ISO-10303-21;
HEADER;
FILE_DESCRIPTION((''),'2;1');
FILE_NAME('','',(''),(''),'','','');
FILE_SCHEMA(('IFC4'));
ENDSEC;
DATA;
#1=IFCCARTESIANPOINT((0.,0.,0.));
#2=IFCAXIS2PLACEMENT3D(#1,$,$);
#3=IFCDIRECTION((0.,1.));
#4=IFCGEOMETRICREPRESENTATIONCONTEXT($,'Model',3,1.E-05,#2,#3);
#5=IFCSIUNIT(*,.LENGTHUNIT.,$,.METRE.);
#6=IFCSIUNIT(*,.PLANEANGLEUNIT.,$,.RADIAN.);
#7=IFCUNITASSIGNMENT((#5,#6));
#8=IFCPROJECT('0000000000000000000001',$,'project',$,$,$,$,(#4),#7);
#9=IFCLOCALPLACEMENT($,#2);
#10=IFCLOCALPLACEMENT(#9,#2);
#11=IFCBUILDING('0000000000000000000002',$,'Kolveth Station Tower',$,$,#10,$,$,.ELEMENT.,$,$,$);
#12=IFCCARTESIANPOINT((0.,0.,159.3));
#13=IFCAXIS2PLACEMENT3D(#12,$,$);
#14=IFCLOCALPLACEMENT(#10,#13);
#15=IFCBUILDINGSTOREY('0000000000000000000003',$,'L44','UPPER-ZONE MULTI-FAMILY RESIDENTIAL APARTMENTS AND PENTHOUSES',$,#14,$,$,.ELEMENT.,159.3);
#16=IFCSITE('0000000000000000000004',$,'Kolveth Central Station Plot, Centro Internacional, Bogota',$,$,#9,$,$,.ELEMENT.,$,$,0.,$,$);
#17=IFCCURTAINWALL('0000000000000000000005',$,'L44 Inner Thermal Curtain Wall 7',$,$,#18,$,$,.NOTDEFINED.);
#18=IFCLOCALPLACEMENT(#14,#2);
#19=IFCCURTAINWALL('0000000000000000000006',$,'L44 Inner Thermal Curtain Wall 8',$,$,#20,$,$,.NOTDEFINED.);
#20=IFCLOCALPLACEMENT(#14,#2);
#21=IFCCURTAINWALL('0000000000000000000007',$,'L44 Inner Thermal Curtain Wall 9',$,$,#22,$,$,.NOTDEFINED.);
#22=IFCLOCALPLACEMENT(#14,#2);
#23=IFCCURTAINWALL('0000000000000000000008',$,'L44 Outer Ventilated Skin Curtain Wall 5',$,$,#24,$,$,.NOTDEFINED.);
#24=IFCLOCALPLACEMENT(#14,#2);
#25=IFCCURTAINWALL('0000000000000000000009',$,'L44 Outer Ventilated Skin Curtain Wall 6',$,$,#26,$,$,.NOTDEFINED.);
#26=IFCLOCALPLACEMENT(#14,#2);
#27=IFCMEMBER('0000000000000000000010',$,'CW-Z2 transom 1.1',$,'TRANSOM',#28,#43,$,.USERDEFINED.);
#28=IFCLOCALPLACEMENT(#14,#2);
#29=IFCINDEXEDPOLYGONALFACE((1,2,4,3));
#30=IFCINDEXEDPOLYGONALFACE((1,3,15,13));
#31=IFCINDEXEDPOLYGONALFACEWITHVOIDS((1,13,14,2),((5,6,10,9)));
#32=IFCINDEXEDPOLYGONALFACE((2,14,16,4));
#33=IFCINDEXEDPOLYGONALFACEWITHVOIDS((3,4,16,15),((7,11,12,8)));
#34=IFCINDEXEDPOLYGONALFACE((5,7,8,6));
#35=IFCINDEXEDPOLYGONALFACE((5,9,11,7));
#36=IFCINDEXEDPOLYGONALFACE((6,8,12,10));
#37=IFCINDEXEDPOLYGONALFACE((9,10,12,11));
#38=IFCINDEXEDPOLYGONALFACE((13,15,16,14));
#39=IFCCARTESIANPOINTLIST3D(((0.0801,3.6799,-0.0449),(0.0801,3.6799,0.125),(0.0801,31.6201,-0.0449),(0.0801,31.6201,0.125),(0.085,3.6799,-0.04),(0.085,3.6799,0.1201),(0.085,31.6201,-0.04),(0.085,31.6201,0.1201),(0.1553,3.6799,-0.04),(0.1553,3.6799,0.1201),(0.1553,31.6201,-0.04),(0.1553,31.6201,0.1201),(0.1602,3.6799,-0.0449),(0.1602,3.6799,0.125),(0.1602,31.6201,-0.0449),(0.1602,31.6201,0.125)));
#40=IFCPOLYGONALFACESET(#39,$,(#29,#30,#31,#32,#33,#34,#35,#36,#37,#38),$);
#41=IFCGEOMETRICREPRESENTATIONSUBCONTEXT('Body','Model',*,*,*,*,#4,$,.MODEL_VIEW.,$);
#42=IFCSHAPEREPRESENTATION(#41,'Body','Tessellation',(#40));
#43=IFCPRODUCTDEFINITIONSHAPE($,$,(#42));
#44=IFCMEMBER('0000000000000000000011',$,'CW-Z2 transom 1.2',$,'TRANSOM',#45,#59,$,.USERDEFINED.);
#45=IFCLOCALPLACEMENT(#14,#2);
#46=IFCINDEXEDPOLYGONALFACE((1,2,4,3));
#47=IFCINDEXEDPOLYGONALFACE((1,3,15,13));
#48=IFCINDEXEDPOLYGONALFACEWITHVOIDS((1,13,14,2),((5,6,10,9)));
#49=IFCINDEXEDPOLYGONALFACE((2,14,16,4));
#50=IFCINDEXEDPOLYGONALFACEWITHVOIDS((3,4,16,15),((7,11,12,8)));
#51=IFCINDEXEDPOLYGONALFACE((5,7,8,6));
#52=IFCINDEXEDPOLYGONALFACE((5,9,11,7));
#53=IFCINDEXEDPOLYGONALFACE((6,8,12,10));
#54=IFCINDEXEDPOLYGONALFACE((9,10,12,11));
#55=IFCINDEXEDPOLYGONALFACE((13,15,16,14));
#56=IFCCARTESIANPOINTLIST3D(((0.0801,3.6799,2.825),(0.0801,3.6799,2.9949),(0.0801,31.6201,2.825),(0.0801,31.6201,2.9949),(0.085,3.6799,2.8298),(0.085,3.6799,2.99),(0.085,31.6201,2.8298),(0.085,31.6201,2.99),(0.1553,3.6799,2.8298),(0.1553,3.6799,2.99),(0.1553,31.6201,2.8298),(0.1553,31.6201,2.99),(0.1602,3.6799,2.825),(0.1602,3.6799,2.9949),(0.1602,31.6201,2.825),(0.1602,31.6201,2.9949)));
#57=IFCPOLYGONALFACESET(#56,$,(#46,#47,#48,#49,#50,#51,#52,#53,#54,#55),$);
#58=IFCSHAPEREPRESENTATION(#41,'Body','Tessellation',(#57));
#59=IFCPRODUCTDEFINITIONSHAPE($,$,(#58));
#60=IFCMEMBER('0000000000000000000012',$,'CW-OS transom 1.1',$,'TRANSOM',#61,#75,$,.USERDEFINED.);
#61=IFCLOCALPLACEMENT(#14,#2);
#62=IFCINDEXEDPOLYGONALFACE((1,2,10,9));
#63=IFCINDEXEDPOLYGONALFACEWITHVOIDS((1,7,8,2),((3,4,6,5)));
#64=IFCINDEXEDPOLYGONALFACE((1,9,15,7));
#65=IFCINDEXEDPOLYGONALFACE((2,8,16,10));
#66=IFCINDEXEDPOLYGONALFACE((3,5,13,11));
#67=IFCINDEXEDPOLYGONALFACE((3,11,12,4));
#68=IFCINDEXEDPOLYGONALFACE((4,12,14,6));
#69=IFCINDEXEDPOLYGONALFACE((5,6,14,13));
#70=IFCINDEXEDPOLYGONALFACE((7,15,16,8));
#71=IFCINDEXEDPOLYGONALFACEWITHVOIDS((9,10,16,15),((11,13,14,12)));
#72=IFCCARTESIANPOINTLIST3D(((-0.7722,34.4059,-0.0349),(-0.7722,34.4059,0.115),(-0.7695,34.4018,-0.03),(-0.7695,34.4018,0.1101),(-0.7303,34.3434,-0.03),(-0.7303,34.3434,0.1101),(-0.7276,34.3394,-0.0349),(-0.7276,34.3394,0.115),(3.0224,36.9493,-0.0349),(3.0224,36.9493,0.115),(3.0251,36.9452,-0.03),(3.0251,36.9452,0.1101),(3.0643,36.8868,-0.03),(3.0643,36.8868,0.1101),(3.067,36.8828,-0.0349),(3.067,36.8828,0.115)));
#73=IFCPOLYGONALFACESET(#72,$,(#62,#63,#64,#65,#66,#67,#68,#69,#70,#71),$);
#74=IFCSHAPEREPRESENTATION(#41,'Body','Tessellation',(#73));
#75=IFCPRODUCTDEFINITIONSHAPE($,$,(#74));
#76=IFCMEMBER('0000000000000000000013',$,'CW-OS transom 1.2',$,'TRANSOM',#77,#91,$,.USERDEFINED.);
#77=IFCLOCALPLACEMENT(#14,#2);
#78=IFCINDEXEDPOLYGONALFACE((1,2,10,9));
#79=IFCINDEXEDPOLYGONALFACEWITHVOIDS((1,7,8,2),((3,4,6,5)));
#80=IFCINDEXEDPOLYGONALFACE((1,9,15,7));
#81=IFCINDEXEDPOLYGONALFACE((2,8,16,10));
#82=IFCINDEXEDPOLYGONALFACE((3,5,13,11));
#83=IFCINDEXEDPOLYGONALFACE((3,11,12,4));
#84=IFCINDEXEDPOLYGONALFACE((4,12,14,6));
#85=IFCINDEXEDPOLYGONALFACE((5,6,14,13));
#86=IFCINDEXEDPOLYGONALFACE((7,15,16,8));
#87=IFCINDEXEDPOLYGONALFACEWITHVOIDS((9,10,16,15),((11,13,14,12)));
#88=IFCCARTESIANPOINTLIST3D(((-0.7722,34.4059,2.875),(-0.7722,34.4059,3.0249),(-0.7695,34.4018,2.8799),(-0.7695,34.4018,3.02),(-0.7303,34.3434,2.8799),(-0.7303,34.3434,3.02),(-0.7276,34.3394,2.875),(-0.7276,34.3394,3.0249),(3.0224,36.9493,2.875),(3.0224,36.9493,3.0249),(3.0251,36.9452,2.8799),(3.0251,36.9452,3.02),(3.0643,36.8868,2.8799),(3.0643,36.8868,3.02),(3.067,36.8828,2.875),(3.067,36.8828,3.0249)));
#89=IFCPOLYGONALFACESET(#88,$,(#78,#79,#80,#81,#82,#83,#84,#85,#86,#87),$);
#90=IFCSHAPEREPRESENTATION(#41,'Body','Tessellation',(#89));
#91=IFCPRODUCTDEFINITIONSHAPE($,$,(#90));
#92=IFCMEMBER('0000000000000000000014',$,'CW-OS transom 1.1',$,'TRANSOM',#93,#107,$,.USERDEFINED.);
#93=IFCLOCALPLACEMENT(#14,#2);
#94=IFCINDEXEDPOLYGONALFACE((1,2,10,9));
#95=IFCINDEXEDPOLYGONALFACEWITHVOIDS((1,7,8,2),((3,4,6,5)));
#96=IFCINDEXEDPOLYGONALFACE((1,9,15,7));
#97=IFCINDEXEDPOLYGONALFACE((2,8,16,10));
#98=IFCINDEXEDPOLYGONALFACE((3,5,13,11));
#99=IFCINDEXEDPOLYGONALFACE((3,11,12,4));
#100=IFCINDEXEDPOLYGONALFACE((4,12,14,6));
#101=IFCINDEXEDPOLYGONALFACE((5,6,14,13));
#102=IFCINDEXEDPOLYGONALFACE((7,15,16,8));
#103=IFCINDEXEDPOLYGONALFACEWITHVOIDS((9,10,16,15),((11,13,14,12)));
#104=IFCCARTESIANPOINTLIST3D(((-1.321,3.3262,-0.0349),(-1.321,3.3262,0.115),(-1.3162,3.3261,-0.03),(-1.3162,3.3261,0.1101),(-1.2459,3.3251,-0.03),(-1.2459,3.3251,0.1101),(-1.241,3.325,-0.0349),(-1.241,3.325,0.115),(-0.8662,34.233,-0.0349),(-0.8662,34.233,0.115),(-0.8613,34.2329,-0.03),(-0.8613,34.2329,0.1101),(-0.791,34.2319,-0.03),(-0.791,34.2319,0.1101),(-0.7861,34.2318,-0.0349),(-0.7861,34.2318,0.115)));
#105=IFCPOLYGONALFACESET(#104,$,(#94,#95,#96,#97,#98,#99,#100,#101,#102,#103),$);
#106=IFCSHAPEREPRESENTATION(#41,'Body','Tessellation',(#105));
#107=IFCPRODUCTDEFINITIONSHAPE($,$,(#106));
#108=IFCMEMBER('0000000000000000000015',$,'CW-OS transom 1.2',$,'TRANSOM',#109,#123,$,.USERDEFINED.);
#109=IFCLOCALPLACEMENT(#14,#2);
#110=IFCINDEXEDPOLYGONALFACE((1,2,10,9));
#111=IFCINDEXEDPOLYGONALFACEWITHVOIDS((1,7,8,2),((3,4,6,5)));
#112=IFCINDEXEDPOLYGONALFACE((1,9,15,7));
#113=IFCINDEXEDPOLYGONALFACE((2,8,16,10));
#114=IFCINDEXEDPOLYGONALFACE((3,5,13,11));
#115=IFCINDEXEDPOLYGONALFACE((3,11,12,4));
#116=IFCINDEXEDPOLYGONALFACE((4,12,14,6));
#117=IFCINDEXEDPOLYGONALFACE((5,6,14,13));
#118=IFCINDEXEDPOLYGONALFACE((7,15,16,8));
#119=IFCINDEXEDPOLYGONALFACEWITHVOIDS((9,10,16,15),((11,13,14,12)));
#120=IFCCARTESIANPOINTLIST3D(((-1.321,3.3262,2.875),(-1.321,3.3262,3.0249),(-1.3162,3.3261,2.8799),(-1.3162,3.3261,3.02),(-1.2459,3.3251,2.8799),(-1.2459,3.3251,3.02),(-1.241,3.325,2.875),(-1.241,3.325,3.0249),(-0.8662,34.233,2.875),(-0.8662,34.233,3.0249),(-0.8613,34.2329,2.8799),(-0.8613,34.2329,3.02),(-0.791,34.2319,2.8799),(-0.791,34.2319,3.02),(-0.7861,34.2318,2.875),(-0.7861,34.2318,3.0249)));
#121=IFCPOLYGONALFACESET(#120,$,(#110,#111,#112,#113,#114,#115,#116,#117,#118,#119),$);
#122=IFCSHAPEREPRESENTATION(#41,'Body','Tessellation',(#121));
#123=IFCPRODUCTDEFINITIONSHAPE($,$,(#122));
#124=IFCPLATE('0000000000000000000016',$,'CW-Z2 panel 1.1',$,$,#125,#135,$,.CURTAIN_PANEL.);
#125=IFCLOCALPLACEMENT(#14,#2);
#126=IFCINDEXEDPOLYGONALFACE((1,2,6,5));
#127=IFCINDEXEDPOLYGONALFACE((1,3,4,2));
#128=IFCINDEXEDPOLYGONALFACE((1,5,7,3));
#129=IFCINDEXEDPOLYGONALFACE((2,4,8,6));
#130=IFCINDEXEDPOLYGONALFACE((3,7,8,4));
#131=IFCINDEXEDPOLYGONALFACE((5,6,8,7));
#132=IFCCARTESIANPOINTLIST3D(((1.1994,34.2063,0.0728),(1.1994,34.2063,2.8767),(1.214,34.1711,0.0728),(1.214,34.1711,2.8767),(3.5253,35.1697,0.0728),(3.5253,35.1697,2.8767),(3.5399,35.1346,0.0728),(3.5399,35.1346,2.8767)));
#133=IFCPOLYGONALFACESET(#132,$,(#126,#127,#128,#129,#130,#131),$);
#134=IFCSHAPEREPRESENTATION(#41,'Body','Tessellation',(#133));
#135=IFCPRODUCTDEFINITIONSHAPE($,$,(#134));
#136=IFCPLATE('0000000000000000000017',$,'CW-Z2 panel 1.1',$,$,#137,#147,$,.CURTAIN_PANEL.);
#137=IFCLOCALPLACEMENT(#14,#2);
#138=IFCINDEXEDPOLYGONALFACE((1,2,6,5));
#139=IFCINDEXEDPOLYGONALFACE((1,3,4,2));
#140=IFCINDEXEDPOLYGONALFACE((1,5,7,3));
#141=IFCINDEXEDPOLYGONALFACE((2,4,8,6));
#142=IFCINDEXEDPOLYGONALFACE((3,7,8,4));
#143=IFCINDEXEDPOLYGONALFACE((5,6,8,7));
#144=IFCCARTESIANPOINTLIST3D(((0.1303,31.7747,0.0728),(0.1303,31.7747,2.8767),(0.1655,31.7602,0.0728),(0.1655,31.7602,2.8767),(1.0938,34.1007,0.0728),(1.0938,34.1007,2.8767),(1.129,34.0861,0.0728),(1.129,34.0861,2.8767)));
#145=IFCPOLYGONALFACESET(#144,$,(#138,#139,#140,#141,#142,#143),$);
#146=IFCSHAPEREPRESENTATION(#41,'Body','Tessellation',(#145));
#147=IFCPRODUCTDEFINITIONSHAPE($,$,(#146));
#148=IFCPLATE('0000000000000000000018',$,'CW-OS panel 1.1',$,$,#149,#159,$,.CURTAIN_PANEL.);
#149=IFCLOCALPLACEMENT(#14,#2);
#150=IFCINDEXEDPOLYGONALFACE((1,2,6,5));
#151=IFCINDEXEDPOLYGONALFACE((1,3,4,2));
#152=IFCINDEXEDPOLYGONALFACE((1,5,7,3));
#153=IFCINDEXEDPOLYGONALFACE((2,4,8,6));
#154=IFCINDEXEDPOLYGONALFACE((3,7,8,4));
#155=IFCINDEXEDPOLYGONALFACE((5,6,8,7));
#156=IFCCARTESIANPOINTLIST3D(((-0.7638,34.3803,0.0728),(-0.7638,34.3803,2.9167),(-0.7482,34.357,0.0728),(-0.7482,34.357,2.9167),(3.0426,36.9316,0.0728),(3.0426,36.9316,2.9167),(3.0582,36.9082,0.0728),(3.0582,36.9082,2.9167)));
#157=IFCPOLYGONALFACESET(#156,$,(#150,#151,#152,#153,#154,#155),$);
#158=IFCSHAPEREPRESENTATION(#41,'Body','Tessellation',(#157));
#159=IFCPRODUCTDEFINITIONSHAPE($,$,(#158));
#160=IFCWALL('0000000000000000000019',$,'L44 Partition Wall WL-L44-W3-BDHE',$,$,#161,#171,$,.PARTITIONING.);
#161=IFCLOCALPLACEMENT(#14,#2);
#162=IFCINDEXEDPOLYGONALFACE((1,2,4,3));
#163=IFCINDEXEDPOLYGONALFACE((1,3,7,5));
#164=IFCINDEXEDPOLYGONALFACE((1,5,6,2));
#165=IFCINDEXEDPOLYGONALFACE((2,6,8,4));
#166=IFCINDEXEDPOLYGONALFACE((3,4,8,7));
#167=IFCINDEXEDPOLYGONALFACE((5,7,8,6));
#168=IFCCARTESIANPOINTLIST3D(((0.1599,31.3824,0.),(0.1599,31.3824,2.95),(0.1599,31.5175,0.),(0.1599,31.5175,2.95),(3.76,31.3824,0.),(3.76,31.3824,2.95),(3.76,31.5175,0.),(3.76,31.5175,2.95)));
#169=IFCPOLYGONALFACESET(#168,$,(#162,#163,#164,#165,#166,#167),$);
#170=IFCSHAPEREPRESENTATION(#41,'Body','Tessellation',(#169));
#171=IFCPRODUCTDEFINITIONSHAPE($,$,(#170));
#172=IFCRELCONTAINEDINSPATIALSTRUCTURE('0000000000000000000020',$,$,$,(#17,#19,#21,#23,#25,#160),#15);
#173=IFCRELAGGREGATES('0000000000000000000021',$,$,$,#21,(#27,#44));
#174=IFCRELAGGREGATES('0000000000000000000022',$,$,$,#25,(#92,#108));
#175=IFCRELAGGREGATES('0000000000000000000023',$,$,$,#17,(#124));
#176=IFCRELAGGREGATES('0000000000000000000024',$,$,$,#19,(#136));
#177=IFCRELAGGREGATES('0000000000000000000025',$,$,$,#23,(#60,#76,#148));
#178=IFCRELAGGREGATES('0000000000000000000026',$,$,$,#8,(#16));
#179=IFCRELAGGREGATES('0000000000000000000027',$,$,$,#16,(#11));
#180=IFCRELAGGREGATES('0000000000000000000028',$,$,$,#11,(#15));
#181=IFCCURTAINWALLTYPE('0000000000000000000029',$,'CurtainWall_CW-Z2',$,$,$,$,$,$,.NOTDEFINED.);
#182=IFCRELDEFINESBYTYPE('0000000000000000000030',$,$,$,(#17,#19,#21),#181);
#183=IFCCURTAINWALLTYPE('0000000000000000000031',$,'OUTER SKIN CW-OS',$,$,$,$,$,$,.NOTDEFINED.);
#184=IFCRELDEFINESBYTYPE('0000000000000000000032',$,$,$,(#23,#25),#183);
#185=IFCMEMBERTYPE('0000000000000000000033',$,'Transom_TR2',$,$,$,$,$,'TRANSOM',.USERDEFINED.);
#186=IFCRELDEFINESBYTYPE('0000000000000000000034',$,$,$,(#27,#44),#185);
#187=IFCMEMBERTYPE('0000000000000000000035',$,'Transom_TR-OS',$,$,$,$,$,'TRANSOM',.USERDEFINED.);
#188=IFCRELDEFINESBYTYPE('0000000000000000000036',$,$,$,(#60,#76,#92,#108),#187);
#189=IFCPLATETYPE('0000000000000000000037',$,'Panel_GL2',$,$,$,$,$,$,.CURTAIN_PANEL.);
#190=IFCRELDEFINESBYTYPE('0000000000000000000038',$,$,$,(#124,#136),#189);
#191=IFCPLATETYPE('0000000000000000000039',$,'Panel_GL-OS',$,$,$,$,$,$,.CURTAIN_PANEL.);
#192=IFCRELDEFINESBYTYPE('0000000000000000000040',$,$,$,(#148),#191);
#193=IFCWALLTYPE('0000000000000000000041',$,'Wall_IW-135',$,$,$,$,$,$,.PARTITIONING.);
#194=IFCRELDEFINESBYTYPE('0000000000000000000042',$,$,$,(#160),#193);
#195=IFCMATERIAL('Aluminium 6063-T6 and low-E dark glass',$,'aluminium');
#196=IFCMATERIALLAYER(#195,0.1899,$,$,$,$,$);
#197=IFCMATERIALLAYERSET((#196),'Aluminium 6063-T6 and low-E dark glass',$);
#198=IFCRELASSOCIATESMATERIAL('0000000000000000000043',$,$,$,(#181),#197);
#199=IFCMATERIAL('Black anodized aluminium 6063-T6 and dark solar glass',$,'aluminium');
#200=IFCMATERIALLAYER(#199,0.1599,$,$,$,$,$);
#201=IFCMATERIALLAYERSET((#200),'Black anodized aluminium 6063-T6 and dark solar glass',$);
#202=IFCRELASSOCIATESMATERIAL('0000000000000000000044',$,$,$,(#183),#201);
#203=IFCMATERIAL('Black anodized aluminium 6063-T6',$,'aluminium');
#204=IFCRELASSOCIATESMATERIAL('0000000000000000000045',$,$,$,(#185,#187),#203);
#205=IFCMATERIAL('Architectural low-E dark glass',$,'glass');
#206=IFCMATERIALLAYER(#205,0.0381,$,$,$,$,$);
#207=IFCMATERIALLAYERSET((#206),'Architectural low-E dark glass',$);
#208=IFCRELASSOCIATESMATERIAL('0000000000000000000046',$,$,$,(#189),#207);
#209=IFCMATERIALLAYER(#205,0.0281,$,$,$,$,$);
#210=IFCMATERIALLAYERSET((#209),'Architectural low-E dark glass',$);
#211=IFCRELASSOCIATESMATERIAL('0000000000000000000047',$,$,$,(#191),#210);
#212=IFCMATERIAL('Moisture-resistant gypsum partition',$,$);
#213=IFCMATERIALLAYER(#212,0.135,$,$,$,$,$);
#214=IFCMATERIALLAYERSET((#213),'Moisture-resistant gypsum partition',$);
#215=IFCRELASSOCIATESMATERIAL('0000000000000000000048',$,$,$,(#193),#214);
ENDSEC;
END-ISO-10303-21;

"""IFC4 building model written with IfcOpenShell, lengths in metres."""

from ifc_helpers import new_model, si_unit, direction, frame, frame_2d, origin, origin_2d, place, context, subcontext, project, spatial, rectangle, hollow_rectangle, extrude, source, transform, mapped, material, layer, layer_set, material_profile, profile_set, type_object, element, aggregate, save


model = new_model("IFC4")

# Units and contexts
model_context = context("Model", 3, precision=1e-05, world=origin(), true_north=direction((0.0, 1.0)))
body_context = subcontext(model_context, "Body", "Model", "MODEL_VIEW")
ifc_project = project(units=[si_unit("LENGTHUNIT", "METRE"), si_unit("PLANEANGLEUNIT", "RADIAN")], contexts=[model_context])

# Site, building, storey
site_placement = place(None, origin())
site = spatial("IfcSite", under=ifc_project, at=site_placement, Name="Kolveth Central Station Plot, Centro Internacional, Bogota", CompositionType="ELEMENT", RefElevation=0.0)
building_placement = place(site_placement, origin())
building = spatial("IfcBuilding", under=site, at=building_placement, Name="Kolveth Station Tower", CompositionType="ELEMENT")
storey_placement = place(building_placement, frame((0.0, 0.0, 159.3)))
storey = spatial("IfcBuildingStorey", under=building, at=storey_placement, Name="L44", Description="UPPER-ZONE MULTI-FAMILY RESIDENTIAL APARTMENTS AND PENTHOUSES", CompositionType="ELEMENT", Elevation=159.3)

# Curtain wall
ifc_material_1 = material(Name="Aluminium 6063-T6 and low-E dark glass", Category="aluminium")
ifc_layer_1 = layer(ifc_material_1, 0.1899)
ifc_layer_set_1 = layer_set([ifc_layer_1], Name="Aluminium 6063-T6 and low-E dark glass")
curtain_wall_type_1 = type_object("IfcCurtainWallType", Name="CurtainWall_CW-Z2", PredefinedType="NOTDEFINED", material=ifc_layer_set_1)
curtain_wall_1_placement = place(storey_placement, origin())
curtain_wall_1 = element("IfcCurtainWall", 1, at=curtain_wall_1_placement, inside=storey, type_object=curtain_wall_type_1, Name="L44 Inner Thermal Curtain Wall 7", PredefinedType="NOTDEFINED")
ifc_material_2 = material(Name="Black anodized aluminium 6063-T6", Category="aluminium")

# Curtain wall
curtain_wall_2_placement = place(storey_placement, origin())
curtain_wall_2 = element("IfcCurtainWall", 2, at=curtain_wall_2_placement, inside=storey, type_object=curtain_wall_type_1, Name="L44 Inner Thermal Curtain Wall 8", PredefinedType="NOTDEFINED")

# Curtain wall
curtain_wall_3_placement = place(storey_placement, origin())
curtain_wall_3 = element("IfcCurtainWall", 3, at=curtain_wall_3_placement, inside=storey, type_object=curtain_wall_type_1, Name="L44 Inner Thermal Curtain Wall 9", PredefinedType="NOTDEFINED")
ifc_material_3 = material(Name="Black anodized aluminium 6063-T6 and dark solar glass", Category="aluminium")
ifc_layer_2 = layer(ifc_material_3, 0.1599)
ifc_layer_set_2 = layer_set([ifc_layer_2], Name="Black anodized aluminium 6063-T6 and dark solar glass")
curtain_wall_type_2 = type_object("IfcCurtainWallType", Name="OUTER SKIN CW-OS", PredefinedType="NOTDEFINED", material=ifc_layer_set_2)

# Curtain wall
curtain_wall_4_placement = place(storey_placement, origin())
curtain_wall_4 = element("IfcCurtainWall", 4, at=curtain_wall_4_placement, inside=storey, type_object=curtain_wall_type_2, Name="L44 Outer Ventilated Skin Curtain Wall 5", PredefinedType="NOTDEFINED")

# Curtain wall
curtain_wall_5_placement = place(storey_placement, origin())
curtain_wall_5 = element("IfcCurtainWall", 5, at=curtain_wall_5_placement, inside=storey, type_object=curtain_wall_type_2, Name="L44 Outer Ventilated Skin Curtain Wall 6", PredefinedType="NOTDEFINED")

# Members
ifc_material_profile_1 = material_profile(ifc_material_2, hollow_rectangle(XDim=0.0801, YDim=0.1699, WallThickness=0.0049, at=origin_2d()), Name="ALU-80x170x5")
ifc_profile_set_1 = profile_set([ifc_material_profile_1], Name="Black anodized aluminium 6063-T6")
member_type_1 = type_object("IfcMemberType", Name="Transom_TR2", ElementType="TRANSOM", PredefinedType="USERDEFINED", material=ifc_profile_set_1)
shared_shape_1 = source(origin(), body_context, "Body", "SweptSolid", [
    extrude(hollow_rectangle(XDim=0.0801, YDim=0.1699, WallThickness=0.0049, at=origin_2d()), origin(), (0.0, 0.0, 1.0), 27.9402),
])
member_1_placement = place(storey_placement, frame((0.1201, 31.6201, 0.04), z_axis=(0.0, -1.0, 0.0), x_axis=(1.0, 0.0, 0.0)))
member_1 = element("IfcMember", 6, at=member_1_placement, type_object=member_type_1, Name="CW-Z2 transom 1.1", ObjectType="TRANSOM", PredefinedType="USERDEFINED", context=body_context, shape_type="MappedRepresentation", body=[
    mapped(shared_shape_1, transform((0.0, 0.0, 0.0), x_axis=(1.0, 0.0, 0.0), y_axis=(0.0, 1.0, 0.0), z_axis=(0.0, 0.0, 1.0), scale=1.0)),
])
member_2_placement = place(storey_placement, frame((0.1201, 31.6201, 2.9099), z_axis=(0.0, -1.0, 0.0), x_axis=(1.0, 0.0, 0.0)))
member_2 = element("IfcMember", 7, at=member_2_placement, type_object=member_type_1, Name="CW-Z2 transom 1.2", ObjectType="TRANSOM", PredefinedType="USERDEFINED", context=body_context, shape_type="MappedRepresentation", body=[
    mapped(shared_shape_1, transform((0.0, 0.0, 0.0), x_axis=(1.0, 0.0, 0.0), y_axis=(0.0, 1.0, 0.0), z_axis=(0.0, 0.0, 1.0), scale=1.0)),
])
aggregate(curtain_wall_3, [member_1, member_2])
ifc_material_profile_2 = material_profile(ifc_material_2, hollow_rectangle(XDim=0.0801, YDim=0.1499, WallThickness=0.0049, at=origin_2d()), Name="ALU-80x150x5")
ifc_profile_set_2 = profile_set([ifc_material_profile_2], Name="Black anodized aluminium 6063-T6")
member_type_2 = type_object("IfcMemberType", Name="Transom_TR-OS", ElementType="TRANSOM", PredefinedType="USERDEFINED", material=ifc_profile_set_2)
shared_shape_2 = source(origin(), body_context, "Body", "SweptSolid", [
    extrude(hollow_rectangle(XDim=0.0801, YDim=0.1499, WallThickness=0.0049, at=origin_2d()), origin(), (0.0, 0.0, 1.0), 4.5681),
])
member_3_placement = place(storey_placement, frame((3.0447, 36.916, 0.04), z_axis=(-0.830666, -0.55677, 0.0), x_axis=(0.55677, -0.830666, 0.0)))
member_3 = element("IfcMember", 8, at=member_3_placement, type_object=member_type_2, Name="CW-OS transom 1.1", ObjectType="TRANSOM", PredefinedType="USERDEFINED", context=body_context, shape_type="MappedRepresentation", body=[
    mapped(shared_shape_2, transform((0.0, 0.0, 0.0), x_axis=(1.0, 0.0, 0.0), y_axis=(0.0, 1.0, 0.0), z_axis=(0.0, 0.0, 1.0), scale=1.0)),
])
member_4_placement = place(storey_placement, frame((3.0447, 36.916, 2.95), z_axis=(-0.830666, -0.55677, 0.0), x_axis=(0.55677, -0.830666, 0.0)))
member_4 = element("IfcMember", 9, at=member_4_placement, type_object=member_type_2, Name="CW-OS transom 1.2", ObjectType="TRANSOM", PredefinedType="USERDEFINED", context=body_context, shape_type="MappedRepresentation", body=[
    mapped(shared_shape_2, transform((0.0, 0.0, 0.0), x_axis=(1.0, 0.0, 0.0), y_axis=(0.0, 1.0, 0.0), z_axis=(0.0, 0.0, 1.0), scale=1.0)),
])
shared_shape_3 = source(origin(), body_context, "Body", "SweptSolid", [
    extrude(hollow_rectangle(XDim=0.0801, YDim=0.1499, WallThickness=0.0049, at=origin_2d()), origin(), (0.0, 0.0, 1.0), 30.9102),
])
member_5_placement = place(storey_placement, frame((-0.8262, 34.2324, 0.04), z_axis=(-0.014715, -0.999892, 0.0), x_axis=(0.999892, -0.014715, 0.0)))
member_5 = element("IfcMember", 10, at=member_5_placement, type_object=member_type_2, Name="CW-OS transom 1.1", ObjectType="TRANSOM", PredefinedType="USERDEFINED", context=body_context, shape_type="MappedRepresentation", body=[
    mapped(shared_shape_3, transform((0.0, 0.0, 0.0), x_axis=(1.0, 0.0, 0.0), y_axis=(0.0, 1.0, 0.0), z_axis=(0.0, 0.0, 1.0), scale=1.0)),
])
member_6_placement = place(storey_placement, frame((-0.8262, 34.2324, 2.95), z_axis=(-0.014715, -0.999892, 0.0), x_axis=(0.999892, -0.014715, 0.0)))
member_6 = element("IfcMember", 11, at=member_6_placement, type_object=member_type_2, Name="CW-OS transom 1.2", ObjectType="TRANSOM", PredefinedType="USERDEFINED", context=body_context, shape_type="MappedRepresentation", body=[
    mapped(shared_shape_3, transform((0.0, 0.0, 0.0), x_axis=(1.0, 0.0, 0.0), y_axis=(0.0, 1.0, 0.0), z_axis=(0.0, 0.0, 1.0), scale=1.0)),
])
aggregate(curtain_wall_5, [member_5, member_6])

# Plates
ifc_material_4 = material(Name="Architectural low-E dark glass", Category="glass")
ifc_layer_3 = layer(ifc_material_4, 0.0381)
ifc_layer_set_3 = layer_set([ifc_layer_3], Name="Architectural low-E dark glass")
plate_type_1 = type_object("IfcPlateType", Name="Panel_GL2", PredefinedType="CURTAIN_PANEL", material=ifc_layer_set_3)
shared_shape_4 = source(origin(), body_context, "Body", "SweptSolid", [
    extrude(rectangle(XDim=2.5176, YDim=0.0381, at=origin_2d()), origin(), (0.0, 0.0, 1.0), 2.804),
])
plate_1_placement = place(storey_placement, frame((2.3696, 34.6704, 0.0728), z_axis=(0.0, 0.0, 1.0), x_axis=(-0.923874, -0.382698, 0.0)))
plate_1 = element("IfcPlate", 12, at=plate_1_placement, type_object=plate_type_1, Name="CW-Z2 panel 1.1", PredefinedType="CURTAIN_PANEL", context=body_context, shape_type="MappedRepresentation", body=[
    mapped(shared_shape_4, transform((0.0, 0.0, 0.0), x_axis=(1.0, 0.0, 0.0), y_axis=(0.0, 1.0, 0.0), z_axis=(0.0, 0.0, 1.0), scale=1.0)),
])
aggregate(curtain_wall_1, [plate_1])
plate_2_placement = place(storey_placement, frame((0.6296, 32.9304, 0.0728), z_axis=(0.0, 0.0, 1.0), x_axis=(-0.382698, -0.923874, 0.0)))
plate_2 = element("IfcPlate", 13, at=plate_2_placement, type_object=plate_type_1, Name="CW-Z2 panel 1.1", PredefinedType="CURTAIN_PANEL", context=body_context, shape_type="MappedRepresentation", body=[
    mapped(shared_shape_4, transform((0.0, 0.0, 0.0), x_axis=(1.0, 0.0, 0.0), y_axis=(0.0, 1.0, 0.0), z_axis=(0.0, 0.0, 1.0), scale=1.0)),
])
aggregate(curtain_wall_2, [plate_2])
ifc_layer_4 = layer(ifc_material_4, 0.0281)
ifc_layer_set_4 = layer_set([ifc_layer_4], Name="Architectural low-E dark glass")
plate_type_2 = type_object("IfcPlateType", Name="Panel_GL-OS", PredefinedType="CURTAIN_PANEL", material=ifc_layer_set_4)
shared_shape_5 = source(origin(), body_context, "Body", "SweptSolid", [
    extrude(rectangle(XDim=4.5823, YDim=0.0281, at=origin_2d()), origin(), (0.0, 0.0, 1.0), 2.844),
])
plate_3_placement = place(storey_placement, frame((1.1472, 35.6443, 0.0728), z_axis=(0.0, 0.0, 1.0), x_axis=(-0.830674, -0.556759, 0.0)))
plate_3 = element("IfcPlate", 14, at=plate_3_placement, type_object=plate_type_2, Name="CW-OS panel 1.1", PredefinedType="CURTAIN_PANEL", context=body_context, shape_type="MappedRepresentation", body=[
    mapped(shared_shape_5, transform((0.0, 0.0, 0.0), x_axis=(1.0, 0.0, 0.0), y_axis=(0.0, 1.0, 0.0), z_axis=(0.0, 0.0, 1.0), scale=1.0)),
])
aggregate(curtain_wall_4, [member_3, member_4, plate_3])

# Wall
ifc_material_5 = material(Name="Moisture-resistant gypsum partition")
ifc_layer_5 = layer(ifc_material_5, 0.135)
ifc_layer_set_5 = layer_set([ifc_layer_5], Name="Moisture-resistant gypsum partition")
wall_type = type_object("IfcWallType", Name="Wall_IW-135", PredefinedType="PARTITIONING", material=ifc_layer_set_5)
wall_placement = place(storey_placement, frame((0.1599, 31.45, 0.0), z_axis=(0.0, 0.0, 1.0), x_axis=(1.0, 0.0, 0.0)))
element("IfcWall", 15, at=wall_placement, inside=storey, type_object=wall_type, Name="L44 Partition Wall WL-L44-W3-BDHE", PredefinedType="PARTITIONING", context=body_context, shape_type="SweptSolid", body=[
    extrude(rectangle(XDim=3.6001, YDim=0.135, at=frame_2d((1.8, 0.0))), origin(), (0.0, 0.0, 1.0), 2.95),
])

save(model, "model.ifc")
